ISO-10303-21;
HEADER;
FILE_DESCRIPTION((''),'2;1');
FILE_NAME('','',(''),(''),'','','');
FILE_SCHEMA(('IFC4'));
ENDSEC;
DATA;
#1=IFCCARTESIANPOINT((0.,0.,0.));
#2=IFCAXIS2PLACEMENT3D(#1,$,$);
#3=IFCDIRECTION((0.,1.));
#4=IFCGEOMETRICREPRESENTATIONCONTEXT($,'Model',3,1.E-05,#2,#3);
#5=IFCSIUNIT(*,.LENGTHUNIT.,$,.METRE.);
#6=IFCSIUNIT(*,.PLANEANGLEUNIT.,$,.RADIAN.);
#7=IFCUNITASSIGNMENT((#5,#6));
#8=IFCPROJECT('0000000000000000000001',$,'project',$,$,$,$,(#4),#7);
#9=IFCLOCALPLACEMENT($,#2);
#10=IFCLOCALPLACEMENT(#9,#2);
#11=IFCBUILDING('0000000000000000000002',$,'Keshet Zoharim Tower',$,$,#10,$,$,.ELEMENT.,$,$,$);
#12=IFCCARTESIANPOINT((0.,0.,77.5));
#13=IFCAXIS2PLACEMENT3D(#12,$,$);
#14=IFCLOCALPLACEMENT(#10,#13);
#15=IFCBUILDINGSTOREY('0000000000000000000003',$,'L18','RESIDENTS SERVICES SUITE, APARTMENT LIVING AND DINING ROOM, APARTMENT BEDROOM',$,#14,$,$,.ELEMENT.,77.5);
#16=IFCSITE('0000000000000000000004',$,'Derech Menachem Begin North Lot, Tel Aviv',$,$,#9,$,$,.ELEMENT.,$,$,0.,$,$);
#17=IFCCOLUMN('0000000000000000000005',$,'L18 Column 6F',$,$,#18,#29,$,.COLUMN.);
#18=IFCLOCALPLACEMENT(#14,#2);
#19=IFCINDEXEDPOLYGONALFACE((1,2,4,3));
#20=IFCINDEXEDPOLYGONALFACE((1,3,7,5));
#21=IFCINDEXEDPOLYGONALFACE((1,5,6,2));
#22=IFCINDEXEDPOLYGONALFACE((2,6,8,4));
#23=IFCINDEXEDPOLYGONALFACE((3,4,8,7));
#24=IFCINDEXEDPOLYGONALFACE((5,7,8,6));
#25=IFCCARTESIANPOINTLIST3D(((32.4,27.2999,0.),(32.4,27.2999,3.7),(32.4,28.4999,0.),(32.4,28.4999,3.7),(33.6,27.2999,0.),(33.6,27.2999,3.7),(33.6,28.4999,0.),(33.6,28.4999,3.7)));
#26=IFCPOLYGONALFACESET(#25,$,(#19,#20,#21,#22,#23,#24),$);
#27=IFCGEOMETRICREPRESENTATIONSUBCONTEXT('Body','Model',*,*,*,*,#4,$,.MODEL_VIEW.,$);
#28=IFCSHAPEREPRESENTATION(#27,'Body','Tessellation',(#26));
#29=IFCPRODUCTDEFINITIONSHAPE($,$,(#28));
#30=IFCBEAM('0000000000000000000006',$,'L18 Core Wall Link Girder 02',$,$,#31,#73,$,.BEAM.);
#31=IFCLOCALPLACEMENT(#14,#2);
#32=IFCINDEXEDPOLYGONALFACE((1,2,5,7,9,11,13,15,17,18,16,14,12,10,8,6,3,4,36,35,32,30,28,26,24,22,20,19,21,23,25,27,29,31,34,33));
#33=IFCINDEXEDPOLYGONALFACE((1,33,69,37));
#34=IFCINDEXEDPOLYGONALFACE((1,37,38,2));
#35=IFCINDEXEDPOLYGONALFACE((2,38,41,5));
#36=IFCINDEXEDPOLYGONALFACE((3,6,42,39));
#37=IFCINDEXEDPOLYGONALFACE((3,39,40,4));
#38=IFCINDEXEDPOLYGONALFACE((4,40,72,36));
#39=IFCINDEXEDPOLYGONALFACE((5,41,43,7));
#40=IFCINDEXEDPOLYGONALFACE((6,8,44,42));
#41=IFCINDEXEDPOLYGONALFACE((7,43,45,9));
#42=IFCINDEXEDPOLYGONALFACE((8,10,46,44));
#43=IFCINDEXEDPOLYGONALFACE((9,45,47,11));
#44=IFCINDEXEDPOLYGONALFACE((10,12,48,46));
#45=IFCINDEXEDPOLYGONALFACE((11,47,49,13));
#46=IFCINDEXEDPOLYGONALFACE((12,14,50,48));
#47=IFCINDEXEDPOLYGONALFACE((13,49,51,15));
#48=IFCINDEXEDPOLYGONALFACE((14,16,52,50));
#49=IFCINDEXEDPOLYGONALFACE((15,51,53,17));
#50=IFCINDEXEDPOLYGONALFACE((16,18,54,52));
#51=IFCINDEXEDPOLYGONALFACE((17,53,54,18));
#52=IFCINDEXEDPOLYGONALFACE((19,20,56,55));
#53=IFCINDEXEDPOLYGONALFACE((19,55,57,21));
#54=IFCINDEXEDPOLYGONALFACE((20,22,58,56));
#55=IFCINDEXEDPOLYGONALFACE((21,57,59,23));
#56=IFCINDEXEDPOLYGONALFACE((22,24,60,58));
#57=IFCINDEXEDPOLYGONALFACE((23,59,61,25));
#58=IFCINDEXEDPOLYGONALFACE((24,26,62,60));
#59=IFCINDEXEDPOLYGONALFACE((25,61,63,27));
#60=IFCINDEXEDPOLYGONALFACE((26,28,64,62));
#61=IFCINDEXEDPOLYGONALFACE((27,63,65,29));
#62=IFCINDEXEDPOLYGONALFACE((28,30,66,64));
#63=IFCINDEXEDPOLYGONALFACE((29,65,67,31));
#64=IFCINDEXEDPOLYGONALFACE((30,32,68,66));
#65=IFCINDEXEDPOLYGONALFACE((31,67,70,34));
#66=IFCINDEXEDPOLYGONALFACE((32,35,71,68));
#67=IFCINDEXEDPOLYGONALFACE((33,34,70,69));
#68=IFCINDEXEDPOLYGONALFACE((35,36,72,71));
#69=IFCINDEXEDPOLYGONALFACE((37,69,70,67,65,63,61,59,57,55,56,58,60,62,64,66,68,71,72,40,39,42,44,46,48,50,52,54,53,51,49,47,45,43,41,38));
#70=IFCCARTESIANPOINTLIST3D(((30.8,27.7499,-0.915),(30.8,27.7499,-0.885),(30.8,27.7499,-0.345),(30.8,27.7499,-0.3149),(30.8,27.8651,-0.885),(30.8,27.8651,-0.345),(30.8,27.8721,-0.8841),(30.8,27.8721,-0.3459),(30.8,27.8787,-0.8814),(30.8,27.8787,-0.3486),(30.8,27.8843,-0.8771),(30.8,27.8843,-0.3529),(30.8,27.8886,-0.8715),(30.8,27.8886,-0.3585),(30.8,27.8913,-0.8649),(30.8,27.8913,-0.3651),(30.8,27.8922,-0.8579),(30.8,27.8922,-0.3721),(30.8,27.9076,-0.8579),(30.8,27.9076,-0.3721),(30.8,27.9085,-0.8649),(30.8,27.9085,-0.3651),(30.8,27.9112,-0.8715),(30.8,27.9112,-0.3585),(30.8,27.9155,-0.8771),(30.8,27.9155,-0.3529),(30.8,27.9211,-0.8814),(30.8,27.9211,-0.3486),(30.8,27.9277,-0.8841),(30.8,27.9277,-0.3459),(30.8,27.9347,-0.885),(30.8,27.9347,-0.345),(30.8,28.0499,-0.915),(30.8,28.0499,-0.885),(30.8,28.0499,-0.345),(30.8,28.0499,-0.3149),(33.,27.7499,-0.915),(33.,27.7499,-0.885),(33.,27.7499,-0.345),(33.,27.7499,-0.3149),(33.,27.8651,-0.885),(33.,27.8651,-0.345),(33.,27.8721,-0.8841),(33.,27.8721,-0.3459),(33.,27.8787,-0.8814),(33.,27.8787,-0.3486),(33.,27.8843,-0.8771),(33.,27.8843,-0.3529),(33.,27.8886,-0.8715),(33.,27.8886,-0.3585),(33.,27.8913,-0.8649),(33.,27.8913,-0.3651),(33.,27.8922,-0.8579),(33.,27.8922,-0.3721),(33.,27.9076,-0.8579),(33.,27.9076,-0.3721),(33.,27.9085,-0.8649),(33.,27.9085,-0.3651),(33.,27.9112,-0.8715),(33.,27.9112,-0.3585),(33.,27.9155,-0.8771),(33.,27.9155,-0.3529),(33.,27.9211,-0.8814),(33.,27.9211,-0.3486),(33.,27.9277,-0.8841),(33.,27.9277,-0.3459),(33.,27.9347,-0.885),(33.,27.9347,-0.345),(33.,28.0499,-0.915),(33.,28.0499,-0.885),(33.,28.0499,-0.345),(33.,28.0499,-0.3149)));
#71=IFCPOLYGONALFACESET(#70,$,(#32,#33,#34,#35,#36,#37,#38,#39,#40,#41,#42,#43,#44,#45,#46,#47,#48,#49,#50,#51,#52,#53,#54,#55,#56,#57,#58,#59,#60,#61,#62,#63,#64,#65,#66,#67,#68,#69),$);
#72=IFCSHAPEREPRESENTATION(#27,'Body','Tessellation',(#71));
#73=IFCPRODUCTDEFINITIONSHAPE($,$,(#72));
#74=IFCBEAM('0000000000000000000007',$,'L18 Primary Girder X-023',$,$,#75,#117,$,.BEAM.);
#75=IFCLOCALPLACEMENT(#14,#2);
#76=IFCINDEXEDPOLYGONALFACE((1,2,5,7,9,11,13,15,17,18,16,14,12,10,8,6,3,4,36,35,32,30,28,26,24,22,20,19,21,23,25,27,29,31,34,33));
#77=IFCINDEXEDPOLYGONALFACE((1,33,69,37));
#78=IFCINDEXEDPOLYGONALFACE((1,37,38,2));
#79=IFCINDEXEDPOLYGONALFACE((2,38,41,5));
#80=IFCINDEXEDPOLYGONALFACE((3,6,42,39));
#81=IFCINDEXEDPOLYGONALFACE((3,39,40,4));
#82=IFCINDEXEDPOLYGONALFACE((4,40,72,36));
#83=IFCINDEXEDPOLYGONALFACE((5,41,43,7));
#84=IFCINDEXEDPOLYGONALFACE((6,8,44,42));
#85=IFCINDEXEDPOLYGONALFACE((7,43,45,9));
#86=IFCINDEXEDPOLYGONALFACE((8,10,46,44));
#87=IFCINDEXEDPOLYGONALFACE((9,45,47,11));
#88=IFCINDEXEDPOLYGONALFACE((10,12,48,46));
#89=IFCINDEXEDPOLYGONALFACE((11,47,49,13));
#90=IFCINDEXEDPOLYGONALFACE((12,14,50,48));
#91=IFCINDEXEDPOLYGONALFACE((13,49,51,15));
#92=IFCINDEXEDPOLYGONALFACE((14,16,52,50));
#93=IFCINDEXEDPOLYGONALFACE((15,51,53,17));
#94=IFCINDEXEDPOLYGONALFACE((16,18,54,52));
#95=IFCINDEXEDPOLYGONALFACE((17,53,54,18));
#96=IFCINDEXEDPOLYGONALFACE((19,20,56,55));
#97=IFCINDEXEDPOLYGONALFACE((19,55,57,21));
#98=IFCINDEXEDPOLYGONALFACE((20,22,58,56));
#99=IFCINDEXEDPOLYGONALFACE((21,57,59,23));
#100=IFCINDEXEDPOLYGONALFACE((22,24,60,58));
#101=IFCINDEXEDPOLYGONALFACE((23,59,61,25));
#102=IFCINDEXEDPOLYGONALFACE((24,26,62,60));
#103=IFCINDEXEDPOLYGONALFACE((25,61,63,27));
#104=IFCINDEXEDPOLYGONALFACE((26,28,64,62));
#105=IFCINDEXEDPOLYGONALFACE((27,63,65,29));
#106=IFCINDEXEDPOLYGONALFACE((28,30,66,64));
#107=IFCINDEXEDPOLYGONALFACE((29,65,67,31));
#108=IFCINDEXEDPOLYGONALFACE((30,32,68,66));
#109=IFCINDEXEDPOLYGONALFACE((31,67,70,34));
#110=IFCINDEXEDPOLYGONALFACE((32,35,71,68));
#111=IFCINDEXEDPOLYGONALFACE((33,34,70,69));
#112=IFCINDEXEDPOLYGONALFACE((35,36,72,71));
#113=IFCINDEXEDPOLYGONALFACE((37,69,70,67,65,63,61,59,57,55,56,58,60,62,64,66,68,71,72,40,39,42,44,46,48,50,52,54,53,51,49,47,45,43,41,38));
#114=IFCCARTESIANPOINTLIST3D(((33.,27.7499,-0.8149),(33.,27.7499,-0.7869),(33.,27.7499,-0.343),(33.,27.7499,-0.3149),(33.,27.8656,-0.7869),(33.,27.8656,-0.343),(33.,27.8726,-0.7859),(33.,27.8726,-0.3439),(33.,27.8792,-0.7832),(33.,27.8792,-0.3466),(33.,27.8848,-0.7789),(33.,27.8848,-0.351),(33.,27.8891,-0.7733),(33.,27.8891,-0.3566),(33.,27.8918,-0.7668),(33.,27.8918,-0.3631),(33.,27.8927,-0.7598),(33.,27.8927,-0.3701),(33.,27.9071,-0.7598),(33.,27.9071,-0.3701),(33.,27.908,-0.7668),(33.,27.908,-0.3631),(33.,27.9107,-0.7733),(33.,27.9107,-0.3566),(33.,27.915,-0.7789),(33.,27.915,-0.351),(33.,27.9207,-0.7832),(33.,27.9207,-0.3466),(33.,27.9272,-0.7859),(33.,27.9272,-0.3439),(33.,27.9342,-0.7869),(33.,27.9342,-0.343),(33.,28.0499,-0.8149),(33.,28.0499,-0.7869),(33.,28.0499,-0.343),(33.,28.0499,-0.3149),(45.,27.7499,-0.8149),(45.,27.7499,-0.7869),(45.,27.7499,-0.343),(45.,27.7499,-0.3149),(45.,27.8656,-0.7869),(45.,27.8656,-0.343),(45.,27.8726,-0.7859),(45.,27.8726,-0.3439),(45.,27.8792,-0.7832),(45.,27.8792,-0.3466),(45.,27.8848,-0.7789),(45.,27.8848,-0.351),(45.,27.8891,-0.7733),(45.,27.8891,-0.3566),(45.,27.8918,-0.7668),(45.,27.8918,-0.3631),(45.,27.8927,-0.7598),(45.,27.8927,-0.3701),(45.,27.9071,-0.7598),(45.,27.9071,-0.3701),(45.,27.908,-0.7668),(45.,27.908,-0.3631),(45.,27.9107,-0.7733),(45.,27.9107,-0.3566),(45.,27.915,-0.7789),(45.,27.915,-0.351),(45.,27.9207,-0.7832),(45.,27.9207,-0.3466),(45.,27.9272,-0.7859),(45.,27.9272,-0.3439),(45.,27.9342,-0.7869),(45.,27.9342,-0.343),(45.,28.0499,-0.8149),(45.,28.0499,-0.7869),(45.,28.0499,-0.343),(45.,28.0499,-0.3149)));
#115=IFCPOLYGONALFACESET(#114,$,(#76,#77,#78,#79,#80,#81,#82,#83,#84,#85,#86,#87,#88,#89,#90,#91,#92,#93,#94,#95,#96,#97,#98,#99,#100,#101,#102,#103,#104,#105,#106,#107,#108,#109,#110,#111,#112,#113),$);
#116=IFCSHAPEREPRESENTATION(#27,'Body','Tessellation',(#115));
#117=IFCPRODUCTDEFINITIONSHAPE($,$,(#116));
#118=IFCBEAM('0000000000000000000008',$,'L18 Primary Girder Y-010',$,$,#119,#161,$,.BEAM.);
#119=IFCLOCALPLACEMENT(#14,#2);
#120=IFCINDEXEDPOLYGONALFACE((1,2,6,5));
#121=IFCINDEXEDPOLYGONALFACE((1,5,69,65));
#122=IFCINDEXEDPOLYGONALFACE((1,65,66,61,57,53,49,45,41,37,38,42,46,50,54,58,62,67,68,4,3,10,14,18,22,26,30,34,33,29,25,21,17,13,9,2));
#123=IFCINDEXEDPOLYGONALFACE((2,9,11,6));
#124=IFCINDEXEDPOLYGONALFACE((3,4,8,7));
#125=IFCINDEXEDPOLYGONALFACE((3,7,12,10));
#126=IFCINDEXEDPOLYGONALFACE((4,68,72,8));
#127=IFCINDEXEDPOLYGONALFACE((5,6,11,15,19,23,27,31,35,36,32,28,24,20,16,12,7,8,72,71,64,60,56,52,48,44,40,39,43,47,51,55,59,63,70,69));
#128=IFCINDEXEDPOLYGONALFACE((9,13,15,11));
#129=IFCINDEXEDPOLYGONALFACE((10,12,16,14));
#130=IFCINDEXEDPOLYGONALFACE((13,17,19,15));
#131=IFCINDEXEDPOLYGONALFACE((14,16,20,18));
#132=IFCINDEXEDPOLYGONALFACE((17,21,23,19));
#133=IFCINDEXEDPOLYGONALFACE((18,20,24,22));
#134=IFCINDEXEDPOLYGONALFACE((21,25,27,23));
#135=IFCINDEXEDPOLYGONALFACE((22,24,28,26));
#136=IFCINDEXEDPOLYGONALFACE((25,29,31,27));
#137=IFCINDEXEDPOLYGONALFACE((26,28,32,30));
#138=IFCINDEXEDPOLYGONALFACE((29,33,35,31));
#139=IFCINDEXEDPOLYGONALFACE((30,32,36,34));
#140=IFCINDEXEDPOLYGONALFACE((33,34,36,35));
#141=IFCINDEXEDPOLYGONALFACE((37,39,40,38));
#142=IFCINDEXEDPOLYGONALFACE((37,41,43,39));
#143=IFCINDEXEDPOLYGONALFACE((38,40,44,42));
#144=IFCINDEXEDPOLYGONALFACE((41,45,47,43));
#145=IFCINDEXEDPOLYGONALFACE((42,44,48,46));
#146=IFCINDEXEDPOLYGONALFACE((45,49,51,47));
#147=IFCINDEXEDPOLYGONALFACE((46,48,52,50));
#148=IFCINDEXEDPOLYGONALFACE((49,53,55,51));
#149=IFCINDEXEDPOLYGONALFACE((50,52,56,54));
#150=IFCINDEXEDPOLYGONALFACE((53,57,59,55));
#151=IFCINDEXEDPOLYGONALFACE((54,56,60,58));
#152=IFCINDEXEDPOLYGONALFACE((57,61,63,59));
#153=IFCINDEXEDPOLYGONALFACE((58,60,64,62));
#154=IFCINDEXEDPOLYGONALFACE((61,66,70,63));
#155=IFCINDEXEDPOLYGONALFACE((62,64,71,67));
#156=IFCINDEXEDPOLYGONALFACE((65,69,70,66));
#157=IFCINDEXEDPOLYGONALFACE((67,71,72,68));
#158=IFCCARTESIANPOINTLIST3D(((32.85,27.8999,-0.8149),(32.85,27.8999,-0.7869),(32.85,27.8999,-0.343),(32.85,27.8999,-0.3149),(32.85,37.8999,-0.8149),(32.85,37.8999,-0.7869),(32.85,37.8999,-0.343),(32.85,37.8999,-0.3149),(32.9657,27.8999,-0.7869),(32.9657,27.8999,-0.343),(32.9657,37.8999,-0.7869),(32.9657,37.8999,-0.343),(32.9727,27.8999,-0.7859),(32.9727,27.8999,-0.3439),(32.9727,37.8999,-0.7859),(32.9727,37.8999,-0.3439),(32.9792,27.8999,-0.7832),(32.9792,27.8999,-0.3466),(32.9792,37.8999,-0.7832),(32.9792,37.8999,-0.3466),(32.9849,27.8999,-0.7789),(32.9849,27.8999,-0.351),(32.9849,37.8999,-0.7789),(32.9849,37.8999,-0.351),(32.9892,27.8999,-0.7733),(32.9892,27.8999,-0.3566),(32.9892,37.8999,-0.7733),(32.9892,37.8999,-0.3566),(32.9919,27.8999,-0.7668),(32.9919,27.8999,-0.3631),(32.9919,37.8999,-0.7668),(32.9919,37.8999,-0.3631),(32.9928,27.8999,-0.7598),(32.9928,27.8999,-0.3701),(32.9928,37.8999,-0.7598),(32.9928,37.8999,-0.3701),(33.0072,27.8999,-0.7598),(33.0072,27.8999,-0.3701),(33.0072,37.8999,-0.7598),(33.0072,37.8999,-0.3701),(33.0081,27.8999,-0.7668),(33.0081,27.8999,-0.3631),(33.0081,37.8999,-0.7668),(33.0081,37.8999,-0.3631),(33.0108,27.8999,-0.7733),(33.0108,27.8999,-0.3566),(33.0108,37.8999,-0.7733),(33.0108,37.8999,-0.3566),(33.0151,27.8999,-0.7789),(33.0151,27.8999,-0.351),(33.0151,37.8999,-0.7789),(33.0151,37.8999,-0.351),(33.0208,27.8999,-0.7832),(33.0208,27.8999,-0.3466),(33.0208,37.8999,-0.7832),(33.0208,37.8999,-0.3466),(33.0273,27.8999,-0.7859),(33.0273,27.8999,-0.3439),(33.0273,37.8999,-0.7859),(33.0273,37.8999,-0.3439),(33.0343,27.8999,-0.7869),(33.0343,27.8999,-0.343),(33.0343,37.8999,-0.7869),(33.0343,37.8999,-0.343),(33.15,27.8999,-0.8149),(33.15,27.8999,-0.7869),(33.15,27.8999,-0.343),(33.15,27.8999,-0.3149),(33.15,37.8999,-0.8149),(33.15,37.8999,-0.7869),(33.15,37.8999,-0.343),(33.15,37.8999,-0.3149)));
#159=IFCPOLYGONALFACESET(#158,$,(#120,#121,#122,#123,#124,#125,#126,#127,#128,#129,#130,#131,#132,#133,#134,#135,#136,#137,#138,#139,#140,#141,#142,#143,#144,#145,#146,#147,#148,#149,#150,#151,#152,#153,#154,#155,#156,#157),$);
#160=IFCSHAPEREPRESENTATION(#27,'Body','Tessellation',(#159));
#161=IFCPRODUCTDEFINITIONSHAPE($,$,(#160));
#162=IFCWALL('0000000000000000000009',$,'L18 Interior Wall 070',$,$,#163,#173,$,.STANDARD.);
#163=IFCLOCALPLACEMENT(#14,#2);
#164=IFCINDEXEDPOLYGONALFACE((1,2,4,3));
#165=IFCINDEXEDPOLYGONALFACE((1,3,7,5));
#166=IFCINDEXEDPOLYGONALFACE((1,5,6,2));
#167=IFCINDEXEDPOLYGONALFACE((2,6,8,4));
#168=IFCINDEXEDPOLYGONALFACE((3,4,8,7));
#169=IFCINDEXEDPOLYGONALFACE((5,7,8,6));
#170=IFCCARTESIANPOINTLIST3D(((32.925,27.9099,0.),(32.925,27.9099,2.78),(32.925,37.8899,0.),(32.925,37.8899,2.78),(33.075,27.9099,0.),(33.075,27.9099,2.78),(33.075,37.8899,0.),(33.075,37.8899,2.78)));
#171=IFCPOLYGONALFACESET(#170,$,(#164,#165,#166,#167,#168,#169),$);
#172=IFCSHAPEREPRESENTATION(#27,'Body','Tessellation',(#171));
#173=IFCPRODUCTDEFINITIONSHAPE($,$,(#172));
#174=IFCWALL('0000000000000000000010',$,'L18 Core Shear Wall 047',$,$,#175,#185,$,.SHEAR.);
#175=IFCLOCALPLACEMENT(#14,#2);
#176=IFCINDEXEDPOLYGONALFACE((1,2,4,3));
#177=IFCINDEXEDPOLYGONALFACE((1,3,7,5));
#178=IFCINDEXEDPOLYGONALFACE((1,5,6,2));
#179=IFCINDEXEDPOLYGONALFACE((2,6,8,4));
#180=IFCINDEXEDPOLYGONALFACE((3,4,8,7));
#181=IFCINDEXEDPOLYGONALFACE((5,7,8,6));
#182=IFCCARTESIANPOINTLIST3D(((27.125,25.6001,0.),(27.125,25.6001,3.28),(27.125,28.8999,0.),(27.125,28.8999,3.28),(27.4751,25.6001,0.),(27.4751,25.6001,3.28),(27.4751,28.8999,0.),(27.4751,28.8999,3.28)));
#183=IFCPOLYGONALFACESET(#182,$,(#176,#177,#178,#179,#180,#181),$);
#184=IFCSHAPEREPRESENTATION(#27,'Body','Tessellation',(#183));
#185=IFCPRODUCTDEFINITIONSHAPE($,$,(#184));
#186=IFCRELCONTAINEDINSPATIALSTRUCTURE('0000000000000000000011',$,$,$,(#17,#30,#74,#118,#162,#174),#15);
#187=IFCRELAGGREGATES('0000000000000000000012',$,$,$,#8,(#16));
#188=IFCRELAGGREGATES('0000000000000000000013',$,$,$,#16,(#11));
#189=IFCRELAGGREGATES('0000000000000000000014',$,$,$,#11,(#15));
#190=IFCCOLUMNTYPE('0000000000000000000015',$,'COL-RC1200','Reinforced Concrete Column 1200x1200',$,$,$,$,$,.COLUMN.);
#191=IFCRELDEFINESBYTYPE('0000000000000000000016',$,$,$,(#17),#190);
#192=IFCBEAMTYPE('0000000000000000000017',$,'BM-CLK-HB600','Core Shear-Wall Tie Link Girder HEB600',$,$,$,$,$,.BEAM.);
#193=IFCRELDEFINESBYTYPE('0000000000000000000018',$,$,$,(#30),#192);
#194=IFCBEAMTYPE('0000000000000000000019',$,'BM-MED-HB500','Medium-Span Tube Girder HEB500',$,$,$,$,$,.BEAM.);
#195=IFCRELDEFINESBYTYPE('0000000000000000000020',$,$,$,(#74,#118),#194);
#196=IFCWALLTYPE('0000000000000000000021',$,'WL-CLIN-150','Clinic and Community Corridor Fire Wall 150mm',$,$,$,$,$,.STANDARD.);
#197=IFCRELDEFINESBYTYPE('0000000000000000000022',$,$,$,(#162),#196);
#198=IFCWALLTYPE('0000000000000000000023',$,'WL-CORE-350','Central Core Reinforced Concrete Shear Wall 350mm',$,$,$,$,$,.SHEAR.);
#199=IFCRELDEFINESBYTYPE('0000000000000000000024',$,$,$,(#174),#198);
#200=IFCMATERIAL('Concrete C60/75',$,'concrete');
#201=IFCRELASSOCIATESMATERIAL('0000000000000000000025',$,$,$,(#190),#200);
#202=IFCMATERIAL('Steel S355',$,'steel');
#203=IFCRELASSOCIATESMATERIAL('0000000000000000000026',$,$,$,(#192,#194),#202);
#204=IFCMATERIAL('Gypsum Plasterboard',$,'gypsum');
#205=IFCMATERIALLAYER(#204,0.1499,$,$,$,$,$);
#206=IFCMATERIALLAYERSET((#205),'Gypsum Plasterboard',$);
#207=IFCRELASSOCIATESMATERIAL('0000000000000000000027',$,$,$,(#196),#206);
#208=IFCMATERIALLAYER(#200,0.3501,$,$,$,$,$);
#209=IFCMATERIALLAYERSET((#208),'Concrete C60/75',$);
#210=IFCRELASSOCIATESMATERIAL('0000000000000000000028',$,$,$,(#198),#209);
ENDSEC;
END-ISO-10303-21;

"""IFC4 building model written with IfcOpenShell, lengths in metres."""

from ifc_helpers import new_model, si_unit, direction, frame, frame_2d, origin, origin_2d, place, context, subcontext, project, spatial, rectangle, i_section, extrude, material, layer, layer_set, material_profile, profile_set, type_object, element, save


model = new_model("IFC4")

# Units and contexts
model_context = context("Model", 3, precision=1e-05, world=origin(), true_north=direction((0.0, 1.0)))
body_context = subcontext(model_context, "Body", "Model", "MODEL_VIEW")
ifc_project = project(units=[si_unit("LENGTHUNIT", "METRE"), si_unit("PLANEANGLEUNIT", "RADIAN")], contexts=[model_context])

# Site, building, storey
site_placement = place(None, origin())
site = spatial("IfcSite", under=ifc_project, at=site_placement, Name="Derech Menachem Begin North Lot, Tel Aviv", CompositionType="ELEMENT", RefElevation=0.0)
building_placement = place(site_placement, origin())
building = spatial("IfcBuilding", under=site, at=building_placement, Name="Keshet Zoharim Tower", CompositionType="ELEMENT")
storey_placement = place(building_placement, frame((0.0, 0.0, 77.5)))
storey = spatial("IfcBuildingStorey", under=building, at=storey_placement, Name="L18", Description="RESIDENTS SERVICES SUITE, APARTMENT LIVING AND DINING ROOM, APARTMENT BEDROOM", CompositionType="ELEMENT", Elevation=77.5)

# Column
ifc_material_1 = material(Name="Concrete C60/75", Category="concrete")
ifc_material_profile_1 = material_profile(ifc_material_1, rectangle(XDim=1.2, YDim=1.2, at=origin_2d()), Name="RC1200x1200")
ifc_profile_set_1 = profile_set([ifc_material_profile_1], Name="Concrete C60/75")
column_type = type_object("IfcColumnType", Name="COL-RC1200", Description="Reinforced Concrete Column 1200x1200", PredefinedType="COLUMN", material=ifc_profile_set_1)
column_placement = place(storey_placement, frame((33.0, 27.8999, 0.0), z_axis=(0.0, 0.0, 1.0), x_axis=(1.0, 0.0, 0.0)))
element("IfcColumn", 1, at=column_placement, inside=storey, type_object=column_type, Name="L18 Column 6F", PredefinedType="COLUMN", context=body_context, shape_type="SweptSolid", body=[
    extrude(rectangle(XDim=1.2, YDim=1.2, at=origin_2d()), origin(), (0.0, 0.0, 1.0), 3.7),
])

# Beams
ifc_material_2 = material(Name="Steel S355", Category="steel")
ifc_material_profile_2 = material_profile(ifc_material_2, i_section(OverallWidth=0.3, OverallDepth=0.6001, WebThickness=0.0154, FlangeThickness=0.03, FilletRadius=0.0271, at=origin_2d()), Name="HEB600")
ifc_profile_set_2 = profile_set([ifc_material_profile_2], Name="Steel S355")
beam_type_1 = type_object("IfcBeamType", Name="BM-CLK-HB600", Description="Core Shear-Wall Tie Link Girder HEB600", PredefinedType="BEAM", material=ifc_profile_set_2)
beam_1_placement = place(storey_placement, frame((30.8, 27.8999, -0.615), z_axis=(1.0, 0.0, 0.0), x_axis=(0.0, 1.0, 0.0)))
element("IfcBeam", 2, at=beam_1_placement, inside=storey, type_object=beam_type_1, Name="L18 Core Wall Link Girder 02", PredefinedType="BEAM", context=body_context, shape_type="SweptSolid", body=[
    extrude(i_section(OverallWidth=0.3, OverallDepth=0.6001, WebThickness=0.0154, FlangeThickness=0.03, FilletRadius=0.0271, at=origin_2d()), origin(), (0.0, 0.0, 1.0), 2.2),
])
ifc_material_profile_3 = material_profile(ifc_material_2, i_section(OverallWidth=0.3, OverallDepth=0.5, WebThickness=0.0144, FlangeThickness=0.0281, FilletRadius=0.0271, at=origin_2d()), Name="HEB500")
ifc_profile_set_3 = profile_set([ifc_material_profile_3], Name="Steel S355")
beam_type_2 = type_object("IfcBeamType", Name="BM-MED-HB500", Description="Medium-Span Tube Girder HEB500", PredefinedType="BEAM", material=ifc_profile_set_3)
beam_2_placement = place(storey_placement, frame((33.0, 27.8999, -0.5649), z_axis=(1.0, 0.0, 0.0), x_axis=(0.0, 1.0, 0.0)))
element("IfcBeam", 3, at=beam_2_placement, inside=storey, type_object=beam_type_2, Name="L18 Primary Girder X-023", PredefinedType="BEAM", context=body_context, shape_type="SweptSolid", body=[
    extrude(i_section(OverallWidth=0.3, OverallDepth=0.5, WebThickness=0.0144, FlangeThickness=0.0281, FilletRadius=0.0271, at=origin_2d()), origin(), (0.0, 0.0, 1.0), 12.0),
])
beam_3_placement = place(storey_placement, frame((33.0, 27.8999, -0.5649), z_axis=(0.0, 1.0, 0.0), x_axis=(-1.0, 0.0, 0.0)))
element("IfcBeam", 4, at=beam_3_placement, inside=storey, type_object=beam_type_2, Name="L18 Primary Girder Y-010", PredefinedType="BEAM", context=body_context, shape_type="SweptSolid", body=[
    extrude(i_section(OverallWidth=0.3, OverallDepth=0.5, WebThickness=0.0144, FlangeThickness=0.0281, FilletRadius=0.0271, at=origin_2d()), origin(), (0.0, 0.0, 1.0), 10.0),
])

# Walls
ifc_material_3 = material(Name="Gypsum Plasterboard", Category="gypsum")
ifc_layer_1 = layer(ifc_material_3, 0.1499)
ifc_layer_set_1 = layer_set([ifc_layer_1], Name="Gypsum Plasterboard")
wall_type_1 = type_object("IfcWallType", Name="WL-CLIN-150", Description="Clinic and Community Corridor Fire Wall 150mm", PredefinedType="STANDARD", material=ifc_layer_set_1)
wall_1_placement = place(storey_placement, frame((33.0, 27.9099, 0.0), z_axis=(0.0, 0.0, 1.0), x_axis=(0.0, 1.0, 0.0)))
element("IfcWall", 5, at=wall_1_placement, inside=storey, type_object=wall_type_1, Name="L18 Interior Wall 070", PredefinedType="STANDARD", context=body_context, shape_type="SweptSolid", body=[
    extrude(rectangle(XDim=9.98, YDim=0.1499, at=frame_2d((4.99, 0.0))), origin(), (0.0, 0.0, 1.0), 2.78),
])
ifc_layer_2 = layer(ifc_material_1, 0.3501)
ifc_layer_set_2 = layer_set([ifc_layer_2], Name="Concrete C60/75")
wall_type_2 = type_object("IfcWallType", Name="WL-CORE-350", Description="Central Core Reinforced Concrete Shear Wall 350mm", PredefinedType="SHEAR", material=ifc_layer_set_2)
wall_2_placement = place(storey_placement, frame((27.3, 25.6001, 0.0), z_axis=(0.0, 0.0, 1.0), x_axis=(0.0, 1.0, 0.0)))
element("IfcWall", 6, at=wall_2_placement, inside=storey, type_object=wall_type_2, Name="L18 Core Shear Wall 047", PredefinedType="SHEAR", context=body_context, shape_type="SweptSolid", body=[
    extrude(rectangle(XDim=3.2998, YDim=0.3501, at=frame_2d((1.6499, 0.0))), origin(), (0.0, 0.0, 1.0), 3.28),
])

save(model, "model.ifc")
